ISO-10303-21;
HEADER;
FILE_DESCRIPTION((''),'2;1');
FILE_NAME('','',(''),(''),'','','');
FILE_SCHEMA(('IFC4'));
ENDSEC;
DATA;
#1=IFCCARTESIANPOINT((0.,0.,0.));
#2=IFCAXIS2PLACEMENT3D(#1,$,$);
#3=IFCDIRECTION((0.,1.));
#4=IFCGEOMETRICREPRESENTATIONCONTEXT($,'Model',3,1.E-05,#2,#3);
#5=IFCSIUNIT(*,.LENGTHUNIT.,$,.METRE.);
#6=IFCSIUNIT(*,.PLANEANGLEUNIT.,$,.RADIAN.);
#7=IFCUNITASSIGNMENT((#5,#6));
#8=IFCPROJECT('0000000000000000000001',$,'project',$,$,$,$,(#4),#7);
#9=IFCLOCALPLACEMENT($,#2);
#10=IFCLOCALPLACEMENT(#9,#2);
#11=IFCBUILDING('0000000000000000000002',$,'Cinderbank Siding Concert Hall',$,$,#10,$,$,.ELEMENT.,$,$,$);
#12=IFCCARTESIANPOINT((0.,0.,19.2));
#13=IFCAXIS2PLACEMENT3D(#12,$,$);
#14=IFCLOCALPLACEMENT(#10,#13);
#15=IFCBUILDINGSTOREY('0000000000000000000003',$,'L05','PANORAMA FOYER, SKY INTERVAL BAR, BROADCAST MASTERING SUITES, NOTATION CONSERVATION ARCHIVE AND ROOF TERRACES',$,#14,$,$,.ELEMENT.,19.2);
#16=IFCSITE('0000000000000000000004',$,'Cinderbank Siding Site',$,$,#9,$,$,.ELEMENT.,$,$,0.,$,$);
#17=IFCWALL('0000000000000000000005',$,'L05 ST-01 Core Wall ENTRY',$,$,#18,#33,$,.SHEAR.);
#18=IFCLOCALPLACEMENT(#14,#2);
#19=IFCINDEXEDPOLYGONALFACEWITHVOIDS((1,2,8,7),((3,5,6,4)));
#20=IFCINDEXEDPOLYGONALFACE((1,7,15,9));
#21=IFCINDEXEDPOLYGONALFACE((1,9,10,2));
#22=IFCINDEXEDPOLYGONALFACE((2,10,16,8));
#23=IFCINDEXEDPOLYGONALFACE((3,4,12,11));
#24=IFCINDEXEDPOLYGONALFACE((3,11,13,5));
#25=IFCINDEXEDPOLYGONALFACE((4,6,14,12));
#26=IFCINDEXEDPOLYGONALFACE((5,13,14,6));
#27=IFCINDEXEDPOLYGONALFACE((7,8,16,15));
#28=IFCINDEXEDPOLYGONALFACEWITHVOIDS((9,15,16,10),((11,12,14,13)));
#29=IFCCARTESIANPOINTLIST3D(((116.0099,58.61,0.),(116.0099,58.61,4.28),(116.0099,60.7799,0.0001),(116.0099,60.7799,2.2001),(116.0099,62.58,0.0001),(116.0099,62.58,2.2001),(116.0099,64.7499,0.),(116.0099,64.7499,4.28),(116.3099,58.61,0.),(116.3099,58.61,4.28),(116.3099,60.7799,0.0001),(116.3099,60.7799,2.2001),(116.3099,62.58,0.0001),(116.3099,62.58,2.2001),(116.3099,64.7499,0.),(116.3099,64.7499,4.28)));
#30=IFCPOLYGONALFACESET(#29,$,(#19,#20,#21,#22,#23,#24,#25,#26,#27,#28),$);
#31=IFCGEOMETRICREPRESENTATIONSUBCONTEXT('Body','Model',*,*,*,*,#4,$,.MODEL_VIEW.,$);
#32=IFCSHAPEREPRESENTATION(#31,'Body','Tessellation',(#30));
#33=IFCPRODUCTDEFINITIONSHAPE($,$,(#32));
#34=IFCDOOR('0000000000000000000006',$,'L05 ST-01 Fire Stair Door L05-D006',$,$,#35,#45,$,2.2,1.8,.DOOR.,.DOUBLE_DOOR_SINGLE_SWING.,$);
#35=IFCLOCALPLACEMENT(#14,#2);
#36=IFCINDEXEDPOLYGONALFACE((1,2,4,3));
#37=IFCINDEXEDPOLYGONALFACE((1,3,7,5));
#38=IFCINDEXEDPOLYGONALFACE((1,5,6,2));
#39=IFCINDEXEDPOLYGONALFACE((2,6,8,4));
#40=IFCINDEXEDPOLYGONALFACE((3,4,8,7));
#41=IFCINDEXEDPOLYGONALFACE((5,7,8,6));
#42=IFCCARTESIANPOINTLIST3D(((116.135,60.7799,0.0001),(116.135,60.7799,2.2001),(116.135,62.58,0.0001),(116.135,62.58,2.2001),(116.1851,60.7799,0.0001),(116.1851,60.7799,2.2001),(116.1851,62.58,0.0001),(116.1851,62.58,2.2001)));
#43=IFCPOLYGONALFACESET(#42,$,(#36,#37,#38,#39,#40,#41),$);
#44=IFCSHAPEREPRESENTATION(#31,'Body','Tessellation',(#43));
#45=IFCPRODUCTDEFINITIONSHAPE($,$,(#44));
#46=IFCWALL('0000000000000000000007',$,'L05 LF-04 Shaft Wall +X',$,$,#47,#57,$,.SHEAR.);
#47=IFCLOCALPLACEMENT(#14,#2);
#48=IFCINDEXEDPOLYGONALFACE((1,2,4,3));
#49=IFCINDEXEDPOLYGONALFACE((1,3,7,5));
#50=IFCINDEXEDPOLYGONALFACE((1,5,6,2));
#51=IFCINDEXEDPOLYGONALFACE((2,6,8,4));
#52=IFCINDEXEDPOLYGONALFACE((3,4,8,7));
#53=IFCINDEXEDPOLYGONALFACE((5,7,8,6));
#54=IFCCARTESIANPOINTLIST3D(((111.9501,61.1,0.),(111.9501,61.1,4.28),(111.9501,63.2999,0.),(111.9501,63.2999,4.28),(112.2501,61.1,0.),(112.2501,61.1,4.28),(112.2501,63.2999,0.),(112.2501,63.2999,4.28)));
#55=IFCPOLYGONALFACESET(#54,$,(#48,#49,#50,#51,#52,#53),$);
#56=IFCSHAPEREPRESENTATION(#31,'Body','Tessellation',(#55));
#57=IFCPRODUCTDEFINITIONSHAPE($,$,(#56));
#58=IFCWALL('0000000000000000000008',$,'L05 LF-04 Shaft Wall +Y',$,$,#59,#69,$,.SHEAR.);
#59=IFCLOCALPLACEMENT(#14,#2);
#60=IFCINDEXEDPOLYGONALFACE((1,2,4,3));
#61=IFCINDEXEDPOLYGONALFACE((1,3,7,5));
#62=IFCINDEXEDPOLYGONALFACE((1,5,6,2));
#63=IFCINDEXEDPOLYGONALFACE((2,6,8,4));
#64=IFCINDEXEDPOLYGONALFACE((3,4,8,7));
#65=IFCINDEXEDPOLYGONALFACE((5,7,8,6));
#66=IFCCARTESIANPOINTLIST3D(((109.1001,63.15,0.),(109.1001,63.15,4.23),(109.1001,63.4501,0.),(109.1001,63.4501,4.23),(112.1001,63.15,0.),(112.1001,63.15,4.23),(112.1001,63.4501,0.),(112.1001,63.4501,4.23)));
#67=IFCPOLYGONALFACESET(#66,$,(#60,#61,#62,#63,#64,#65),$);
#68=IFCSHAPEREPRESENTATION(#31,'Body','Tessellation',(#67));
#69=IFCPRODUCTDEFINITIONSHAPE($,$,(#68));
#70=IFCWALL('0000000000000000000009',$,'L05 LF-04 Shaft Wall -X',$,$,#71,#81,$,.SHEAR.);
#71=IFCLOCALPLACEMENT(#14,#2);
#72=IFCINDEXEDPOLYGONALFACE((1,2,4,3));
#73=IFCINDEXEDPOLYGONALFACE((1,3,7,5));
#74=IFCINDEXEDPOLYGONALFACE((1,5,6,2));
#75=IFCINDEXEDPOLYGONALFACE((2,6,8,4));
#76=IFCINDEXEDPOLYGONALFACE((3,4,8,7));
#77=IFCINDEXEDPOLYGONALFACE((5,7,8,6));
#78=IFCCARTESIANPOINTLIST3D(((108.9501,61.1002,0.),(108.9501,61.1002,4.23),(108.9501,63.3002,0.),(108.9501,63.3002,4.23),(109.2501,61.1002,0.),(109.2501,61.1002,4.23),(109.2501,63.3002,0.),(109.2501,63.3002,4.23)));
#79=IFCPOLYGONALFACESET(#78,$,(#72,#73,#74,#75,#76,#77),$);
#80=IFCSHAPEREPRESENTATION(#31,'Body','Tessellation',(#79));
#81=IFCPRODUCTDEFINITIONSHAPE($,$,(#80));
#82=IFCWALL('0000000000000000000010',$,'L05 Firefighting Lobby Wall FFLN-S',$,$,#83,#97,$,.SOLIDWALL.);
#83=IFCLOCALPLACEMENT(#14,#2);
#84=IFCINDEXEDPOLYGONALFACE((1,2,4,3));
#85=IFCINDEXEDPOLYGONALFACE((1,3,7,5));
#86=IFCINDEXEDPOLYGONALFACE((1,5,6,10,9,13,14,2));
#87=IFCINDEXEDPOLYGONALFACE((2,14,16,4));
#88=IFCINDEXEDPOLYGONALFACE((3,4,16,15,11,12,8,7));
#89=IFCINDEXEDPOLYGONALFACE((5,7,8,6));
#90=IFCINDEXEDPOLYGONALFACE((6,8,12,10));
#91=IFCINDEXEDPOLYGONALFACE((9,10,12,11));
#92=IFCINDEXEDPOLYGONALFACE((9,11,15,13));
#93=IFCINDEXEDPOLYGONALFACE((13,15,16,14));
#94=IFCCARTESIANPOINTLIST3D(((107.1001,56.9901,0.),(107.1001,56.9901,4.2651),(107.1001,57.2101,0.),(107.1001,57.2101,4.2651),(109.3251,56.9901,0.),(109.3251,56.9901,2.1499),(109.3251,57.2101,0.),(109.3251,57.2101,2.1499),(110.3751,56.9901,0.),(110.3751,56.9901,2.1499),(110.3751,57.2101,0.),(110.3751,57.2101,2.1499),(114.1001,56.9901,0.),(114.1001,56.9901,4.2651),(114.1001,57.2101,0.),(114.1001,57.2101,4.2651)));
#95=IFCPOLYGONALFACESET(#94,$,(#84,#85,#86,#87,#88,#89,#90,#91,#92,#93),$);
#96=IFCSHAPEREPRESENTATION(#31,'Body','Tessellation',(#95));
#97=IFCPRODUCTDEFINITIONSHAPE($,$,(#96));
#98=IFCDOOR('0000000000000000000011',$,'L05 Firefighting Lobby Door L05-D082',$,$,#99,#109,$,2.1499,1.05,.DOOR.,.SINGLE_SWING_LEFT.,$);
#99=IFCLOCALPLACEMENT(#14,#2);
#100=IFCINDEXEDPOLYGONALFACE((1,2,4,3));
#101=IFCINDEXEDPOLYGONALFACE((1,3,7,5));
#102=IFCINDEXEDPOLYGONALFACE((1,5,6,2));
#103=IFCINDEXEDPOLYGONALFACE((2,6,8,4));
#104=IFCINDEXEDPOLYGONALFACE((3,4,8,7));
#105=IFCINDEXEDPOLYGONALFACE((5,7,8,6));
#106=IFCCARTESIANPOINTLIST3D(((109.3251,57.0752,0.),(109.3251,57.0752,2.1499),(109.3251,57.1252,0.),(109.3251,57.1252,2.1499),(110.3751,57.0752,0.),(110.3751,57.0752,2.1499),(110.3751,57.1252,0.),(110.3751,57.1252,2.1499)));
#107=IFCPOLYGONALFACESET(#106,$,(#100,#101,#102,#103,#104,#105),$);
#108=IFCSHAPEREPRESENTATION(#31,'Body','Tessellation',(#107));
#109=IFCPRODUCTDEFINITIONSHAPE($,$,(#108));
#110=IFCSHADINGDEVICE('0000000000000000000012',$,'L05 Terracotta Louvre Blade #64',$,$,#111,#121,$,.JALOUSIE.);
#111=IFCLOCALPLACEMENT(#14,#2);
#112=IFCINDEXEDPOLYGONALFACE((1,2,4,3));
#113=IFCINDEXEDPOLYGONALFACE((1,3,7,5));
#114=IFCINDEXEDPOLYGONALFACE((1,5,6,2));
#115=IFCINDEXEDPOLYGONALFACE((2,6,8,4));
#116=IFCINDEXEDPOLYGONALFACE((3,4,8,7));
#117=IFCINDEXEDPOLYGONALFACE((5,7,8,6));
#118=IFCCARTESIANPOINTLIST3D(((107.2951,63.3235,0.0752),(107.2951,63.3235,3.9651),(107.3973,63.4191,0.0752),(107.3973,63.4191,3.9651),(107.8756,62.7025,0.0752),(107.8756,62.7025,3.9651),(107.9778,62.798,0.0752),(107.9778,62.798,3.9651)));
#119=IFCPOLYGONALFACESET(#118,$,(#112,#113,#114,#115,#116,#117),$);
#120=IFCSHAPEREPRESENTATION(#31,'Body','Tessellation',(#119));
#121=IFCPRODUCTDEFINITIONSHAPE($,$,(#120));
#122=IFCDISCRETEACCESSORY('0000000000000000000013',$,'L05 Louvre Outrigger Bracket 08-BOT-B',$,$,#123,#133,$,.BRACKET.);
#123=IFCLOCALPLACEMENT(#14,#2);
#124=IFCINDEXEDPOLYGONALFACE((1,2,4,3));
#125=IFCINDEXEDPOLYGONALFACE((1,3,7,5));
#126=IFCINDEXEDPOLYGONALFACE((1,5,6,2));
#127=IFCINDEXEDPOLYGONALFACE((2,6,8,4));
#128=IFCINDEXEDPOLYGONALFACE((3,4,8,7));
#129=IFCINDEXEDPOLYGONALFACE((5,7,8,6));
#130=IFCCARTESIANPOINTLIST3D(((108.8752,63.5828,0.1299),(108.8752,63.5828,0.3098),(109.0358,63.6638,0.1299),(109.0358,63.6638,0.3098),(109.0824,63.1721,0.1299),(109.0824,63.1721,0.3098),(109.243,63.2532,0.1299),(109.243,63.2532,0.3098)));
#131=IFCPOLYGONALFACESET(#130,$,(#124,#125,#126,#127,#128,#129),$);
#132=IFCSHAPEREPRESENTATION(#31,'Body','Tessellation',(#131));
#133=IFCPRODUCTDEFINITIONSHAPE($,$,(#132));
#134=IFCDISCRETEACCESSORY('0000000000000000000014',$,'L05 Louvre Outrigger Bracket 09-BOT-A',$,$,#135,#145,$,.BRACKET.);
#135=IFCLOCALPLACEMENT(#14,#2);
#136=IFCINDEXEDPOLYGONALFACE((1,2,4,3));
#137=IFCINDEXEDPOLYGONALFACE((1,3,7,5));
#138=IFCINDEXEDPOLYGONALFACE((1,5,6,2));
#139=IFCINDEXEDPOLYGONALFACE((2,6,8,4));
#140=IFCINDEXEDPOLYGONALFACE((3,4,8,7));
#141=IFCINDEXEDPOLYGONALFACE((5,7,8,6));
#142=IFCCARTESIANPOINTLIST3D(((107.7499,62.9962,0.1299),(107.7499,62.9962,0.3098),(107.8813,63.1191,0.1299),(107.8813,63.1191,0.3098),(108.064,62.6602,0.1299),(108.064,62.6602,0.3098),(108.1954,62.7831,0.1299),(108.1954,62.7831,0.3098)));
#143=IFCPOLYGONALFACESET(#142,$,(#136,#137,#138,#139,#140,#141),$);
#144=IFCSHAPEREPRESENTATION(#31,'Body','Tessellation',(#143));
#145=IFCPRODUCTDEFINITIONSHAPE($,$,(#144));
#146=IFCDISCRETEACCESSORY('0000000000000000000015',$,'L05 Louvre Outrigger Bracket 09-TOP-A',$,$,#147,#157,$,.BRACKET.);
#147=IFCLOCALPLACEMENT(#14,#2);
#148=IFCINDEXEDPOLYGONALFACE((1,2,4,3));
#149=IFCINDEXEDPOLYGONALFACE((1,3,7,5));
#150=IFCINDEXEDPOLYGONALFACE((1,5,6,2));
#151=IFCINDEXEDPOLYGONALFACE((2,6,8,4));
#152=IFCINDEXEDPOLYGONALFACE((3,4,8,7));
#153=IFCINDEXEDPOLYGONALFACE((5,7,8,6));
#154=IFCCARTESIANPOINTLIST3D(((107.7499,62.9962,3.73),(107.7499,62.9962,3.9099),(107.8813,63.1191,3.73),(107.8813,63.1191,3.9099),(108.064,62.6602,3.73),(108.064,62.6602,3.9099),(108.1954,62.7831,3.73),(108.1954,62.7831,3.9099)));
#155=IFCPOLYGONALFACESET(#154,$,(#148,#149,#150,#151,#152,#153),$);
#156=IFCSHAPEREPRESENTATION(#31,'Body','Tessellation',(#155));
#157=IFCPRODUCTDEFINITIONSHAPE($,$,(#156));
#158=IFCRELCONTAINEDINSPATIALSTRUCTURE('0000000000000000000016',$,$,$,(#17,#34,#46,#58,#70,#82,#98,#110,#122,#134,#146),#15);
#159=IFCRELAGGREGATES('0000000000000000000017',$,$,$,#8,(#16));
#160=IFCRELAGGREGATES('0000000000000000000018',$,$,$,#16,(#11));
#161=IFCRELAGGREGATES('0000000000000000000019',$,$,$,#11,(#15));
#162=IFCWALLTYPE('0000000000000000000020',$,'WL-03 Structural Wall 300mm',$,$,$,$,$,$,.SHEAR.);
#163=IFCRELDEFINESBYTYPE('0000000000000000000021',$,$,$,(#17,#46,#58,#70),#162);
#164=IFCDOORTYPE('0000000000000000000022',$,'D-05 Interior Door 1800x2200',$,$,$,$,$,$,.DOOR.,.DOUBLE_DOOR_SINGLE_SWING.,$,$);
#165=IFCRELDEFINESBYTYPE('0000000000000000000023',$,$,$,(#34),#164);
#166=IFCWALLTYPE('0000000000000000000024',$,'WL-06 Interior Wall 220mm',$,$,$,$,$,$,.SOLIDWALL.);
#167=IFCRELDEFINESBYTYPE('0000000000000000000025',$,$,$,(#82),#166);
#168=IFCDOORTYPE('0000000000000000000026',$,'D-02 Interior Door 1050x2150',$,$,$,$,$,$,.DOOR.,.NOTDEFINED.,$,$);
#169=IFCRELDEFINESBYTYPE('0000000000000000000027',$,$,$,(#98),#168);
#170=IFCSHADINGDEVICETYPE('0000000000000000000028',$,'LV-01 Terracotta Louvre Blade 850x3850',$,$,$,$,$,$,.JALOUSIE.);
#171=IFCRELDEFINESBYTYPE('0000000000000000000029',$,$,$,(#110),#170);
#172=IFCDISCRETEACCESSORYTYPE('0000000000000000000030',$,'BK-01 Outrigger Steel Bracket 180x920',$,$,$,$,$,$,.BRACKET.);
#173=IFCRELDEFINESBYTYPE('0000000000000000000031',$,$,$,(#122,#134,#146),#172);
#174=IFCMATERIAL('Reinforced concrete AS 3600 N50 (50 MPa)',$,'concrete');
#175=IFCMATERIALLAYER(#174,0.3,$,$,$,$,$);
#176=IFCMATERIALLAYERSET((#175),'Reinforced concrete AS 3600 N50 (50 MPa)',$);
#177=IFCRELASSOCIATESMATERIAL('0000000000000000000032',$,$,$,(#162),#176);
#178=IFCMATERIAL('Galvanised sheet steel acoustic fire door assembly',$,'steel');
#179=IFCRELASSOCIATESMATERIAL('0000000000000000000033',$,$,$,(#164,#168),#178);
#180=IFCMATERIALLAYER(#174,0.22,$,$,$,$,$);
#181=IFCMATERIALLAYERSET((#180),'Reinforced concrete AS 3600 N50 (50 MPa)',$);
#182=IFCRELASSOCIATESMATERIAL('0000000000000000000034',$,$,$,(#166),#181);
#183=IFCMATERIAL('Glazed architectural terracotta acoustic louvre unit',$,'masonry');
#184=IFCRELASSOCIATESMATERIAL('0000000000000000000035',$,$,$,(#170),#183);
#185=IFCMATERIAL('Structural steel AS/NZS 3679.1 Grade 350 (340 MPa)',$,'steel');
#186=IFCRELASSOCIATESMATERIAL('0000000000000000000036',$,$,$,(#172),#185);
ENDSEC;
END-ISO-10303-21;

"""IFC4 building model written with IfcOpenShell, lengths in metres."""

from ifc_helpers import new_model, si_unit, direction, frame, frame_2d, origin, origin_2d, place, context, subcontext, project, spatial, rectangle, extrude, material, layer, layer_set, type_object, element, fill, save


model = new_model("IFC4")

# Units and contexts
model_context = context("Model", 3, precision=1e-05, world=origin(), true_north=direction((0.0, 1.0)))
body_context = subcontext(model_context, "Body", "Model", "MODEL_VIEW")
ifc_project = project(units=[si_unit("LENGTHUNIT", "METRE"), si_unit("PLANEANGLEUNIT", "RADIAN")], contexts=[model_context])

# Site, building, storey
site_placement = place(None, origin())
site = spatial("IfcSite", under=ifc_project, at=site_placement, Name="Cinderbank Siding Site", CompositionType="ELEMENT", RefElevation=0.0)
building_placement = place(site_placement, origin())
building = spatial("IfcBuilding", under=site, at=building_placement, Name="Cinderbank Siding Concert Hall", CompositionType="ELEMENT")
storey_placement = place(building_placement, frame((0.0, 0.0, 19.2)))
storey = spatial("IfcBuildingStorey", under=building, at=storey_placement, Name="L05", Description="PANORAMA FOYER, SKY INTERVAL BAR, BROADCAST MASTERING SUITES, NOTATION CONSERVATION ARCHIVE AND ROOF TERRACES", CompositionType="ELEMENT", Elevation=19.2)

# Shared definitions
ifc_material_1 = material(Name="Reinforced concrete AS 3600 N50 (50 MPa)", Category="concrete")

# Shared definitions
ifc_material_2 = material(Name="Structural steel AS/NZS 3679.1 Grade 350 (340 MPa)", Category="steel")

# Wall, opening, door
ifc_layer_1 = layer(ifc_material_1, 0.3)
ifc_layer_set_1 = layer_set([ifc_layer_1], Name="Reinforced concrete AS 3600 N50 (50 MPa)")
wall_type_1 = type_object("IfcWallType", Name="WL-03 Structural Wall 300mm", PredefinedType="SHEAR", material=ifc_layer_set_1)
wall_1_placement = place(storey_placement, frame((116.1599, 58.6101, 0.0), z_axis=(0.0, 0.0, 1.0), x_axis=(0.0, 1.0, 0.0)))
wall_1 = element("IfcWall", 1, at=wall_1_placement, inside=storey, type_object=wall_type_1, Name="L05 ST-01 Core Wall ENTRY", PredefinedType="SHEAR", context=body_context, shape_type="SweptSolid", body=[
    extrude(rectangle(XDim=6.1399, YDim=0.3, at=frame_2d((3.0698, 0.0))), origin(), (0.0, 0.0, 1.0), 4.28),
])
opening_1_placement = place(wall_1_placement, frame((2.1699, 0.0, 0.0)))
opening_1 = element("IfcOpeningElement", 2, at=opening_1_placement, cuts=wall_1, PredefinedType="OPENING", context=body_context, shape_type="SweptSolid", body=[
    extrude(rectangle(XDim=1.8, YDim=2.2, at=frame_2d((0.8999, 1.1001))), frame((0.0, 0.1621, 0.0), z_axis=(0.0, -1.0, 0.0), x_axis=(1.0, 0.0, 0.0)), (0.0, 0.0, 1.0), 0.324),
])
ifc_material_3 = material(Name="Galvanised sheet steel acoustic fire door assembly", Category="steel")
door_type_1 = type_object("IfcDoorType", Name="D-05 Interior Door 1800x2200", OperationType="DOUBLE_DOOR_SINGLE_SWING", PredefinedType="DOOR", material=ifc_material_3)
door_1_placement = place(opening_1_placement, origin())
door_1 = element("IfcDoor", 3, at=door_1_placement, inside=storey, type_object=door_type_1, Name="L05 ST-01 Fire Stair Door L05-D006", OperationType="DOUBLE_DOOR_SINGLE_SWING", OverallHeight=2.2, OverallWidth=1.8, PredefinedType="DOOR", context=body_context, shape_type="SweptSolid", body=[
    extrude(rectangle(XDim=1.8, YDim=2.2, at=frame_2d((0.8999, 1.1001))), frame((0.0, 0.0249, 0.0), z_axis=(0.0, -1.0, 0.0), x_axis=(1.0, 0.0, 0.0)), (0.0, 0.0, 1.0), 0.05),
])
fill(opening_1, door_1)

# Walls
wall_2_placement = place(storey_placement, frame((112.1001, 63.3, 0.0), z_axis=(0.0, 0.0, 1.0), x_axis=(0.0, -1.0, 0.0)))
element("IfcWall", 4, at=wall_2_placement, inside=storey, type_object=wall_type_1, Name="L05 LF-04 Shaft Wall +X", PredefinedType="SHEAR", context=body_context, shape_type="SweptSolid", body=[
    extrude(rectangle(XDim=2.2, YDim=0.3, at=frame_2d((1.1001, 0.0))), origin(), (0.0, 0.0, 1.0), 4.28),
])
wall_3_placement = place(storey_placement, frame((109.1001, 63.3, 0.0), z_axis=(0.0, 0.0, 1.0), x_axis=(1.0, 0.0, 0.0)))
element("IfcWall", 5, at=wall_3_placement, inside=storey, type_object=wall_type_1, Name="L05 LF-04 Shaft Wall +Y", PredefinedType="SHEAR", context=body_context, shape_type="SweptSolid", body=[
    extrude(rectangle(XDim=3.0, YDim=0.3, at=frame_2d((1.5, 0.0))), origin(), (0.0, 0.0, 1.0), 4.23),
])
wall_4_placement = place(storey_placement, frame((109.1001, 61.1001, 0.0), z_axis=(0.0, 0.0, 1.0), x_axis=(0.0, 1.0, 0.0)))
element("IfcWall", 6, at=wall_4_placement, inside=storey, type_object=wall_type_1, Name="L05 LF-04 Shaft Wall -X", PredefinedType="SHEAR", context=body_context, shape_type="SweptSolid", body=[
    extrude(rectangle(XDim=2.2, YDim=0.3, at=frame_2d((1.1001, 0.0))), origin(), (0.0, 0.0, 1.0), 4.23),
])

# Wall, opening, door
ifc_layer_2 = layer(ifc_material_1, 0.22)
ifc_layer_set_2 = layer_set([ifc_layer_2], Name="Reinforced concrete AS 3600 N50 (50 MPa)")
wall_type_2 = type_object("IfcWallType", Name="WL-06 Interior Wall 220mm", PredefinedType="SOLIDWALL", material=ifc_layer_set_2)
wall_5_placement = place(storey_placement, frame((114.1001, 57.1001, 0.0), z_axis=(0.0, 0.0, 1.0), x_axis=(-1.0, 0.0, 0.0)))
wall_5 = element("IfcWall", 7, at=wall_5_placement, inside=storey, type_object=wall_type_2, Name="L05 Firefighting Lobby Wall FFLN-S", PredefinedType="SOLIDWALL", context=body_context, shape_type="SweptSolid", body=[
    extrude(rectangle(XDim=7.0, YDim=0.22, at=frame_2d((3.5, 0.0))), origin(), (0.0, 0.0, 1.0), 4.2651),
])
opening_2_placement = place(wall_5_placement, frame((3.7251, 0.0, 0.0)))
opening_2 = element("IfcOpeningElement", 8, at=opening_2_placement, cuts=wall_5, PredefinedType="OPENING", context=body_context, shape_type="SweptSolid", body=[
    extrude(rectangle(XDim=1.05, YDim=2.1499, at=frame_2d((0.5249, 1.075))), frame((0.0, 0.1221, 0.0), z_axis=(0.0, -1.0, 0.0), x_axis=(1.0, 0.0, 0.0)), (0.0, 0.0, 1.0), 0.2439),
])
door_type_2 = type_object("IfcDoorType", Name="D-02 Interior Door 1050x2150", OperationType="NOTDEFINED", PredefinedType="DOOR", material=ifc_material_3)
door_2_placement = place(opening_2_placement, origin())
door_2 = element("IfcDoor", 9, at=door_2_placement, inside=storey, type_object=door_type_2, Name="L05 Firefighting Lobby Door L05-D082", OperationType="SINGLE_SWING_LEFT", OverallHeight=2.1499, OverallWidth=1.05, PredefinedType="DOOR", context=body_context, shape_type="SweptSolid", body=[
    extrude(rectangle(XDim=1.05, YDim=2.1499, at=frame_2d((0.5249, 1.075))), frame((0.0, 0.0249, 0.0), z_axis=(0.0, -1.0, 0.0), x_axis=(1.0, 0.0, 0.0)), (0.0, 0.0, 1.0), 0.05),
])
fill(opening_2, door_2)

# Shading device
ifc_material_4 = material(Name="Glazed architectural terracotta acoustic louvre unit", Category="masonry")
shading_device_type = type_object("IfcShadingDeviceType", Name="LV-01 Terracotta Louvre Blade 850x3850", PredefinedType="JALOUSIE", material=ifc_material_4)
shading_device_placement = place(storey_placement, frame((107.6365, 63.0608, 0.0752), z_axis=(0.0, 0.0, 1.0), x_axis=(-0.682869, 0.730541, 0.0)))
element("IfcShadingDevice", 10, at=shading_device_placement, inside=storey, type_object=shading_device_type, Name="L05 Terracotta Louvre Blade #64", PredefinedType="JALOUSIE", context=body_context, shape_type="SweptSolid", body=[
    extrude(rectangle(XDim=0.8501, YDim=0.1399, at=origin_2d()), origin(), (0.0, 0.0, 1.0), 3.8899),
])

# Discrete accessories
discrete_accessory_type = type_object("IfcDiscreteAccessoryType", Name="BK-01 Outrigger Steel Bracket 180x920", PredefinedType="BRACKET", material=ifc_material_2)
for number, where, z_axis, x_axis, name in (
    (11, (109.0591, 63.418, 0.1299), (0.0, 0.0, 1.0), (-0.450487, 0.892783, 0.0), "L05 Louvre Outrigger Bracket 08-BOT-B"),
    (12, (107.9727, 62.8896, 0.1299), (0.0, 0.0, 1.0), (-0.682869, 0.730541, 0.0), "L05 Louvre Outrigger Bracket 09-BOT-A"),
    (13, (107.9727, 62.8896, 3.73), (0.0, 0.0, 1.0), (-0.682869, 0.730541, 0.0), "L05 Louvre Outrigger Bracket 09-TOP-A"),
):
    element("IfcDiscreteAccessory", number, at=place(storey_placement, frame(where, z_axis=z_axis, x_axis=x_axis)), inside=storey, type_object=discrete_accessory_type, Name=name, PredefinedType="BRACKET", context=body_context, shape_type="SweptSolid", body=[
        extrude(rectangle(XDim=0.46, YDim=0.1799, at=origin_2d()), origin(), (0.0, 0.0, 1.0), 0.1799),
    ])

save(model, "model.ifc")
